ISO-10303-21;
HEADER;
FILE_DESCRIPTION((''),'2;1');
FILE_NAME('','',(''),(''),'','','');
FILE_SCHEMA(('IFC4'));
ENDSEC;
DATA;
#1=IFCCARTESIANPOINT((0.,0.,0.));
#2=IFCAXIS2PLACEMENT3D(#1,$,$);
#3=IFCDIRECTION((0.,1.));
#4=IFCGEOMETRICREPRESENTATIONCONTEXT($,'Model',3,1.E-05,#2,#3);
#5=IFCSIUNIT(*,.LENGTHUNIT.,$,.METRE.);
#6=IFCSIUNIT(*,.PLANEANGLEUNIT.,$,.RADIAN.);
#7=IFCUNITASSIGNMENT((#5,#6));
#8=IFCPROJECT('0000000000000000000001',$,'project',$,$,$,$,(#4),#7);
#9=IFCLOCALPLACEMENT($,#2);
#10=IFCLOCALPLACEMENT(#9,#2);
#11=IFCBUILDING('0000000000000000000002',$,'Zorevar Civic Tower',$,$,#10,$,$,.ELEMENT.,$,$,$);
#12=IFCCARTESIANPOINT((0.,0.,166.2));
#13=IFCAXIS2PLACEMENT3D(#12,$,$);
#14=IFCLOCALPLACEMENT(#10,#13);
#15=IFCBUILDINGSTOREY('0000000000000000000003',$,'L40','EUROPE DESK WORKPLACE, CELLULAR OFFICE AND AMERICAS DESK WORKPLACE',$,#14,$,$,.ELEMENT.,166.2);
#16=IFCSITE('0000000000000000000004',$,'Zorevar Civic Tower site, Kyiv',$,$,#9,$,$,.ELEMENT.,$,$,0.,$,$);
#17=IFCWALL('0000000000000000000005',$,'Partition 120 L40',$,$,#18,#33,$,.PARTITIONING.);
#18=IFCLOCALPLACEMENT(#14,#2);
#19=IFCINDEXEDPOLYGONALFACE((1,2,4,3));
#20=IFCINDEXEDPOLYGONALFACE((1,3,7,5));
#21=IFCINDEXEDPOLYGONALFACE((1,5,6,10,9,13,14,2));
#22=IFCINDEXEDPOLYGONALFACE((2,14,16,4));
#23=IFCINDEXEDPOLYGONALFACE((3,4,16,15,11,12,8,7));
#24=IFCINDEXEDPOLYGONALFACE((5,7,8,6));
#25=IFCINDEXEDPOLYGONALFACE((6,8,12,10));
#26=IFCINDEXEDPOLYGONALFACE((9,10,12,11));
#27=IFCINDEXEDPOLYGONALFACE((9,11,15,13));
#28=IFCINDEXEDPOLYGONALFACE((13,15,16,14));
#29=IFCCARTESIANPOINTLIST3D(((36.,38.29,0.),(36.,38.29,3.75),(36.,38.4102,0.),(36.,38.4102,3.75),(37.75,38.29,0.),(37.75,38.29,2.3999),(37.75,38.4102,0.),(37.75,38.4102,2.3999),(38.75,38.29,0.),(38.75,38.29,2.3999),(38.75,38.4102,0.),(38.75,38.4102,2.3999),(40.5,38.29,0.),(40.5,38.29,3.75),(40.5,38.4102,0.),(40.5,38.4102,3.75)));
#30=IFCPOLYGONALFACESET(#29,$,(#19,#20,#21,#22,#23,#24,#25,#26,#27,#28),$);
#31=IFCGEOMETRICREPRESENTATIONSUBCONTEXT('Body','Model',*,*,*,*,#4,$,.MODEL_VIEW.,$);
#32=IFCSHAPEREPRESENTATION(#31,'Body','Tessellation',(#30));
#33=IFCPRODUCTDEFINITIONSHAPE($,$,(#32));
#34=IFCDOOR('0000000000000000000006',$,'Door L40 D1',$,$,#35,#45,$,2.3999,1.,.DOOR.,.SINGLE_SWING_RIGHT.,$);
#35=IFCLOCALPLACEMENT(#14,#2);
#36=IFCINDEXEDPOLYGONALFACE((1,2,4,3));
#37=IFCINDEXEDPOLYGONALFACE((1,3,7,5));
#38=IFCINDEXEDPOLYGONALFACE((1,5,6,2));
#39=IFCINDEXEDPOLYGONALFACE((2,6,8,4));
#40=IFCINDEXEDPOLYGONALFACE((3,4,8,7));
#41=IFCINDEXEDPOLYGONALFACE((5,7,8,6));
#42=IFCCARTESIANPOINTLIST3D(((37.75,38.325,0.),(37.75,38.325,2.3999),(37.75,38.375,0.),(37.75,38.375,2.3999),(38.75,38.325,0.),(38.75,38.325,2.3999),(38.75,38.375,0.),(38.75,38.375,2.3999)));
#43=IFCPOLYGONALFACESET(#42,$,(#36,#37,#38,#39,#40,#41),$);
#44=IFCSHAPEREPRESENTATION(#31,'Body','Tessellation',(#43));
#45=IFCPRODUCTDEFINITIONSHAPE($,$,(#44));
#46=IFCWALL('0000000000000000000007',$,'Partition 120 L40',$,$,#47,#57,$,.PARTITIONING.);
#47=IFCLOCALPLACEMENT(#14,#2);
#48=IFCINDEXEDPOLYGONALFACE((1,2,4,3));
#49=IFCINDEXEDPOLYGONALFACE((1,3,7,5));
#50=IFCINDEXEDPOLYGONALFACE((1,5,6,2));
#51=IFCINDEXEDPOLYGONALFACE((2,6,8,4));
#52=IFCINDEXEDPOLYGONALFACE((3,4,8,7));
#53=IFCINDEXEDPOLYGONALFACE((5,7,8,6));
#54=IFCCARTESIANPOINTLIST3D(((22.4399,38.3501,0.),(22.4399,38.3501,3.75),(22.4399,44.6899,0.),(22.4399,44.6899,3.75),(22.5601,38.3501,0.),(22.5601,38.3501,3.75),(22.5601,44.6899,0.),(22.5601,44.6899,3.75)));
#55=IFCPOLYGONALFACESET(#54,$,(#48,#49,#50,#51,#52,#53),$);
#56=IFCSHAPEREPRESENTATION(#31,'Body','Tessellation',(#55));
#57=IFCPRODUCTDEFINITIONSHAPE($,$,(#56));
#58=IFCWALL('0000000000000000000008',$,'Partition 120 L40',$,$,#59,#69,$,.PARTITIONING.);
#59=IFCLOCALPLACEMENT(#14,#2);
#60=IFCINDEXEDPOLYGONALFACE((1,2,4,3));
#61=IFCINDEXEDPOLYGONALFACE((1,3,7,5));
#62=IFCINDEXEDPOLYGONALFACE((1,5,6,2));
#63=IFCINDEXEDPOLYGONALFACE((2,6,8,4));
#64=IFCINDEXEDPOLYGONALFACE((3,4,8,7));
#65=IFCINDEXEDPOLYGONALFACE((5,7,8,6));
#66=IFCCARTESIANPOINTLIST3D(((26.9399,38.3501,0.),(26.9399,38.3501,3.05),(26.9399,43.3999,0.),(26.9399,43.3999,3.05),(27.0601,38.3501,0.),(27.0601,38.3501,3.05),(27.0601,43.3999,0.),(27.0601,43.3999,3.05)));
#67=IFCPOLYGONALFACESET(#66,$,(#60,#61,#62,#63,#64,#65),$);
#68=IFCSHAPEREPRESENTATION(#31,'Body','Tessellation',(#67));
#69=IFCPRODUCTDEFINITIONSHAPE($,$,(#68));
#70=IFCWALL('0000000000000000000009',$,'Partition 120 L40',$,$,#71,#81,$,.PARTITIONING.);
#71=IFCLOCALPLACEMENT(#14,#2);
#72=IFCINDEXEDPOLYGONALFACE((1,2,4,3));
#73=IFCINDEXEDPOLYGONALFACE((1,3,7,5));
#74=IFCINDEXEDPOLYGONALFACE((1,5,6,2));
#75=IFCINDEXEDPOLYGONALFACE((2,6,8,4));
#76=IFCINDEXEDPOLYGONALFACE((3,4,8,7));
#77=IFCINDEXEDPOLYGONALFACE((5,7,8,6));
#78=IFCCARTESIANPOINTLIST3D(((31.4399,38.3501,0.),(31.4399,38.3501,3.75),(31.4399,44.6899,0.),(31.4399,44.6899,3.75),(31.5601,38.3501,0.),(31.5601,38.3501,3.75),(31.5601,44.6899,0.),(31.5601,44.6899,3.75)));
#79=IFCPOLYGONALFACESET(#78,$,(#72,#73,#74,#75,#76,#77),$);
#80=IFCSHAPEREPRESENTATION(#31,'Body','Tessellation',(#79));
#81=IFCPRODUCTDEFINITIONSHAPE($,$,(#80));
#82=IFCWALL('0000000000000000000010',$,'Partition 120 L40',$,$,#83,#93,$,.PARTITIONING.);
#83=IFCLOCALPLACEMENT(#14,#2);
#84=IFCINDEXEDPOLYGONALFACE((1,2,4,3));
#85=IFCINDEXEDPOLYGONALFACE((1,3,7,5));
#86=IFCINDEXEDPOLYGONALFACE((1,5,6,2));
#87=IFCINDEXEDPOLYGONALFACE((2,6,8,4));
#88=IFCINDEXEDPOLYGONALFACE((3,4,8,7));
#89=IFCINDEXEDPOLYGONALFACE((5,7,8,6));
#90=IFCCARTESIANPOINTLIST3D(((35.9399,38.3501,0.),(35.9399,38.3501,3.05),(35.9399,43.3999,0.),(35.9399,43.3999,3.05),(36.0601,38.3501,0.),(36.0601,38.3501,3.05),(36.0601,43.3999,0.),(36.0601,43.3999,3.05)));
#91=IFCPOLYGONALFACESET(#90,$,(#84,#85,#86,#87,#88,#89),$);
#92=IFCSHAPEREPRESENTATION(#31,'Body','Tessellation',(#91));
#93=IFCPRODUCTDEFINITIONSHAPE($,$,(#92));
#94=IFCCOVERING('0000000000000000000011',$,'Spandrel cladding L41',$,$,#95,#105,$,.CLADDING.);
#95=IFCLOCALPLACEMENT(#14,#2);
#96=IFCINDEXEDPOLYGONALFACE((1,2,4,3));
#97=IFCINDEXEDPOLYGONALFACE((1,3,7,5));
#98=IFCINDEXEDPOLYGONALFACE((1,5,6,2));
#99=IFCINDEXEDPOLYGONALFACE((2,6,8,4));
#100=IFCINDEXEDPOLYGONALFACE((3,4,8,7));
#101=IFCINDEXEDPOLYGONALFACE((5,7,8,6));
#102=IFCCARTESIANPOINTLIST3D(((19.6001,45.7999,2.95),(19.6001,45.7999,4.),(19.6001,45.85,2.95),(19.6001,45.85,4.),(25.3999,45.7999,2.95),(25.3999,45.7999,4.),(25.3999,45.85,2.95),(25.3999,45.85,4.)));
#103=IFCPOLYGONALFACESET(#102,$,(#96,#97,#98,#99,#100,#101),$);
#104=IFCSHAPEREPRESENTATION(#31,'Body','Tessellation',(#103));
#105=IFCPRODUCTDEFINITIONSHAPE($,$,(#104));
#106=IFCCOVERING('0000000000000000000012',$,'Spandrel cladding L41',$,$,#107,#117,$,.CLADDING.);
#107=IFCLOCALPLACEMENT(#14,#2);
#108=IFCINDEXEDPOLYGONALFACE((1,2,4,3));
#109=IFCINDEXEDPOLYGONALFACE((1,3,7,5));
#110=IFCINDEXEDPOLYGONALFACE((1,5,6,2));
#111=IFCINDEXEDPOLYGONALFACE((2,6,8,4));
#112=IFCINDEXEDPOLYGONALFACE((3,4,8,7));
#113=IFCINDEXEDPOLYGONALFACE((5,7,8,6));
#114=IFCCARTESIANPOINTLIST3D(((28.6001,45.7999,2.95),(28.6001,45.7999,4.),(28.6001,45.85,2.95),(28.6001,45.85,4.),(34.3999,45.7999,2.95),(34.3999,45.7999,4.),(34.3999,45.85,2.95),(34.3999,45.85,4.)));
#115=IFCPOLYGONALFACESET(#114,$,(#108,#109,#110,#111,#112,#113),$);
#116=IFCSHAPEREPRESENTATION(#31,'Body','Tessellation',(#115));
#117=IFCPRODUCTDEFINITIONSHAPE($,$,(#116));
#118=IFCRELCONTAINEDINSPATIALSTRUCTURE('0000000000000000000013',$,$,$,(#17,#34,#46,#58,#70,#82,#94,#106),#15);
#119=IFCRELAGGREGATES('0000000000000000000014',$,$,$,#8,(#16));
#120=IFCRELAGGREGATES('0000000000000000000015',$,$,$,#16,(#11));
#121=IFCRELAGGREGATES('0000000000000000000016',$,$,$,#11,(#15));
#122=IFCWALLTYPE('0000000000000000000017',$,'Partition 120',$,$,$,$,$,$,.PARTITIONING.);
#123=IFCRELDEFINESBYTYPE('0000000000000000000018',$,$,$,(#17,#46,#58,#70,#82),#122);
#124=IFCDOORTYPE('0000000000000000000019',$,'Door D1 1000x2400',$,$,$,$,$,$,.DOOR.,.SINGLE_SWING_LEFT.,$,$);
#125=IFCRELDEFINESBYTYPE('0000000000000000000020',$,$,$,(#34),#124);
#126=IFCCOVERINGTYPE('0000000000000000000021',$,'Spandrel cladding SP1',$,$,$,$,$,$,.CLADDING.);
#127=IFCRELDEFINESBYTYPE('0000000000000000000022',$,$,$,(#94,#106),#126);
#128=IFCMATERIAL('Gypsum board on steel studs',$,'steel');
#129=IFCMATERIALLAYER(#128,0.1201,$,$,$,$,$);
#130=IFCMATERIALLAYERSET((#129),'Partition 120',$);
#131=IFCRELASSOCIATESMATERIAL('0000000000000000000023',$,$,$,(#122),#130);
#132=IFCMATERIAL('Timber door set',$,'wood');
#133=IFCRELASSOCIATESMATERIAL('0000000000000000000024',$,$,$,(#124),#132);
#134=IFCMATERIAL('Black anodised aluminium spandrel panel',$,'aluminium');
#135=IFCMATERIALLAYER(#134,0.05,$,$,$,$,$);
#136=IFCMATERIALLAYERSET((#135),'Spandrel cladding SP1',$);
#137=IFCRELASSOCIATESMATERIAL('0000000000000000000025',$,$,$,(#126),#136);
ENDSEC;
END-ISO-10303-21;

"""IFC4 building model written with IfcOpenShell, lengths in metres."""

from ifc_helpers import new_model, si_unit, direction, frame, frame_2d, origin, place, context, subcontext, project, spatial, rectangle, extrude, material, layer, layer_set, type_object, element, fill, save


model = new_model("IFC4")

# Units and contexts
model_context = context("Model", 3, precision=1e-05, world=origin(), true_north=direction((0.0, 1.0)))
body_context = subcontext(model_context, "Body", "Model", "MODEL_VIEW")
ifc_project = project(units=[si_unit("LENGTHUNIT", "METRE"), si_unit("PLANEANGLEUNIT", "RADIAN")], contexts=[model_context])

# Site, building, storey
site_placement = place(None, origin())
site = spatial("IfcSite", under=ifc_project, at=site_placement, Name="Zorevar Civic Tower site, Kyiv", CompositionType="ELEMENT", RefElevation=0.0)
building_placement = place(site_placement, origin())
building = spatial("IfcBuilding", under=site, at=building_placement, Name="Zorevar Civic Tower", CompositionType="ELEMENT")
storey_placement = place(building_placement, frame((0.0, 0.0, 166.2)))
storey = spatial("IfcBuildingStorey", under=building, at=storey_placement, Name="L40", Description="EUROPE DESK WORKPLACE, CELLULAR OFFICE AND AMERICAS DESK WORKPLACE", CompositionType="ELEMENT", Elevation=166.2)

# Wall, opening, door
ifc_material_1 = material(Name="Gypsum board on steel studs", Category="steel")
ifc_layer_1 = layer(ifc_material_1, 0.1201)
ifc_layer_set_1 = layer_set([ifc_layer_1], Name="Partition 120")
wall_type = type_object("IfcWallType", Name="Partition 120", PredefinedType="PARTITIONING", material=ifc_layer_set_1)
ifc_material_2 = material(Name="Timber door set", Category="wood")
door_type = type_object("IfcDoorType", Name="Door D1 1000x2400", OperationType="SINGLE_SWING_LEFT", PredefinedType="DOOR", material=ifc_material_2)
wall_1_placement = place(storey_placement, frame((36.0, 38.3501, 0.0), z_axis=(0.0, 0.0, 1.0), x_axis=(1.0, 0.0, 0.0)))
wall_1 = element("IfcWall", 1, at=wall_1_placement, inside=storey, type_object=wall_type, Name="Partition 120 L40", PredefinedType="PARTITIONING", context=body_context, shape_type="SweptSolid", body=[
    extrude(rectangle(XDim=4.5, YDim=0.1201, at=frame_2d((2.25, 0.0))), origin(), (0.0, 0.0, 1.0), 3.75),
])
opening_1_placement = place(wall_1_placement, frame((1.75, 0.0, 0.0)))
opening_1 = element("IfcOpeningElement", 2, at=opening_1_placement, cuts=wall_1, PredefinedType="OPENING", context=body_context, shape_type="SweptSolid", body=[
    extrude(rectangle(XDim=1.0, YDim=2.3999, at=frame_2d((0.5, 1.2))), frame((0.0, 0.0701, 0.0), z_axis=(0.0, -1.0, 0.0), x_axis=(1.0, 0.0, 0.0)), (0.0, 0.0, 1.0), 0.1401),
])
door_1_placement = place(opening_1_placement, origin())
door_1 = element("IfcDoor", 3, at=door_1_placement, inside=storey, type_object=door_type, Name="Door L40 D1", OperationType="SINGLE_SWING_RIGHT", OverallHeight=2.3999, OverallWidth=1.0, PredefinedType="DOOR", context=body_context, shape_type="SweptSolid", body=[
    extrude(rectangle(XDim=1.0, YDim=2.3999, at=frame_2d((0.5, 1.2))), frame((0.0, 0.0249, 0.0), z_axis=(0.0, -1.0, 0.0), x_axis=(1.0, 0.0, 0.0)), (0.0, 0.0, 1.0), 0.05),
])
fill(opening_1, door_1)

# Walls
wall_2_placement = place(storey_placement, frame((22.5, 38.3501, 0.0), z_axis=(0.0, 0.0, 1.0), x_axis=(0.0, 1.0, 0.0)))
element("IfcWall", 4, at=wall_2_placement, inside=storey, type_object=wall_type, Name="Partition 120 L40", PredefinedType="PARTITIONING", context=body_context, shape_type="SweptSolid", body=[
    extrude(rectangle(XDim=6.3398, YDim=0.1201, at=frame_2d((3.1699, 0.0))), origin(), (0.0, 0.0, 1.0), 3.75),
])
wall_3_placement = place(storey_placement, frame((27.0, 38.3501, 0.0), z_axis=(0.0, 0.0, 1.0), x_axis=(0.0, 1.0, 0.0)))
element("IfcWall", 5, at=wall_3_placement, inside=storey, type_object=wall_type, Name="Partition 120 L40", PredefinedType="PARTITIONING", context=body_context, shape_type="SweptSolid", body=[
    extrude(rectangle(XDim=5.0498, YDim=0.1201, at=frame_2d((2.5249, 0.0))), origin(), (0.0, 0.0, 1.0), 3.05),
])
wall_4_placement = place(storey_placement, frame((31.5, 38.3501, 0.0), z_axis=(0.0, 0.0, 1.0), x_axis=(0.0, 1.0, 0.0)))
element("IfcWall", 6, at=wall_4_placement, inside=storey, type_object=wall_type, Name="Partition 120 L40", PredefinedType="PARTITIONING", context=body_context, shape_type="SweptSolid", body=[
    extrude(rectangle(XDim=6.3398, YDim=0.1201, at=frame_2d((3.1699, 0.0))), origin(), (0.0, 0.0, 1.0), 3.75),
])
wall_5_placement = place(storey_placement, frame((36.0, 38.3501, 0.0), z_axis=(0.0, 0.0, 1.0), x_axis=(0.0, 1.0, 0.0)))
element("IfcWall", 7, at=wall_5_placement, inside=storey, type_object=wall_type, Name="Partition 120 L40", PredefinedType="PARTITIONING", context=body_context, shape_type="SweptSolid", body=[
    extrude(rectangle(XDim=5.0498, YDim=0.1201, at=frame_2d((2.5249, 0.0))), origin(), (0.0, 0.0, 1.0), 3.05),
])

# Coverings
ifc_material_3 = material(Name="Black anodised aluminium spandrel panel", Category="aluminium")
ifc_layer_2 = layer(ifc_material_3, 0.05)
ifc_layer_set_2 = layer_set([ifc_layer_2], Name="Spandrel cladding SP1")
covering_type = type_object("IfcCoveringType", Name="Spandrel cladding SP1", PredefinedType="CLADDING", material=ifc_layer_set_2)
for number, where, z_axis, x_axis, name in (
    (8, (19.6001, 45.825, 2.95), (0.0, 0.0, 1.0), (1.0, 0.0, 0.0), "Spandrel cladding L41"),
    (9, (28.6001, 45.825, 2.95), (0.0, 0.0, 1.0), (1.0, 0.0, 0.0), "Spandrel cladding L41"),
):
    element("IfcCovering", number, at=place(storey_placement, frame(where, z_axis=z_axis, x_axis=x_axis)), inside=storey, type_object=covering_type, Name=name, PredefinedType="CLADDING", context=body_context, shape_type="SweptSolid", body=[
        extrude(rectangle(XDim=5.7998, YDim=0.05, at=frame_2d((2.8999, 0.0))), origin(), (0.0, 0.0, 1.0), 1.05),
    ])

save(model, "model.ifc")
